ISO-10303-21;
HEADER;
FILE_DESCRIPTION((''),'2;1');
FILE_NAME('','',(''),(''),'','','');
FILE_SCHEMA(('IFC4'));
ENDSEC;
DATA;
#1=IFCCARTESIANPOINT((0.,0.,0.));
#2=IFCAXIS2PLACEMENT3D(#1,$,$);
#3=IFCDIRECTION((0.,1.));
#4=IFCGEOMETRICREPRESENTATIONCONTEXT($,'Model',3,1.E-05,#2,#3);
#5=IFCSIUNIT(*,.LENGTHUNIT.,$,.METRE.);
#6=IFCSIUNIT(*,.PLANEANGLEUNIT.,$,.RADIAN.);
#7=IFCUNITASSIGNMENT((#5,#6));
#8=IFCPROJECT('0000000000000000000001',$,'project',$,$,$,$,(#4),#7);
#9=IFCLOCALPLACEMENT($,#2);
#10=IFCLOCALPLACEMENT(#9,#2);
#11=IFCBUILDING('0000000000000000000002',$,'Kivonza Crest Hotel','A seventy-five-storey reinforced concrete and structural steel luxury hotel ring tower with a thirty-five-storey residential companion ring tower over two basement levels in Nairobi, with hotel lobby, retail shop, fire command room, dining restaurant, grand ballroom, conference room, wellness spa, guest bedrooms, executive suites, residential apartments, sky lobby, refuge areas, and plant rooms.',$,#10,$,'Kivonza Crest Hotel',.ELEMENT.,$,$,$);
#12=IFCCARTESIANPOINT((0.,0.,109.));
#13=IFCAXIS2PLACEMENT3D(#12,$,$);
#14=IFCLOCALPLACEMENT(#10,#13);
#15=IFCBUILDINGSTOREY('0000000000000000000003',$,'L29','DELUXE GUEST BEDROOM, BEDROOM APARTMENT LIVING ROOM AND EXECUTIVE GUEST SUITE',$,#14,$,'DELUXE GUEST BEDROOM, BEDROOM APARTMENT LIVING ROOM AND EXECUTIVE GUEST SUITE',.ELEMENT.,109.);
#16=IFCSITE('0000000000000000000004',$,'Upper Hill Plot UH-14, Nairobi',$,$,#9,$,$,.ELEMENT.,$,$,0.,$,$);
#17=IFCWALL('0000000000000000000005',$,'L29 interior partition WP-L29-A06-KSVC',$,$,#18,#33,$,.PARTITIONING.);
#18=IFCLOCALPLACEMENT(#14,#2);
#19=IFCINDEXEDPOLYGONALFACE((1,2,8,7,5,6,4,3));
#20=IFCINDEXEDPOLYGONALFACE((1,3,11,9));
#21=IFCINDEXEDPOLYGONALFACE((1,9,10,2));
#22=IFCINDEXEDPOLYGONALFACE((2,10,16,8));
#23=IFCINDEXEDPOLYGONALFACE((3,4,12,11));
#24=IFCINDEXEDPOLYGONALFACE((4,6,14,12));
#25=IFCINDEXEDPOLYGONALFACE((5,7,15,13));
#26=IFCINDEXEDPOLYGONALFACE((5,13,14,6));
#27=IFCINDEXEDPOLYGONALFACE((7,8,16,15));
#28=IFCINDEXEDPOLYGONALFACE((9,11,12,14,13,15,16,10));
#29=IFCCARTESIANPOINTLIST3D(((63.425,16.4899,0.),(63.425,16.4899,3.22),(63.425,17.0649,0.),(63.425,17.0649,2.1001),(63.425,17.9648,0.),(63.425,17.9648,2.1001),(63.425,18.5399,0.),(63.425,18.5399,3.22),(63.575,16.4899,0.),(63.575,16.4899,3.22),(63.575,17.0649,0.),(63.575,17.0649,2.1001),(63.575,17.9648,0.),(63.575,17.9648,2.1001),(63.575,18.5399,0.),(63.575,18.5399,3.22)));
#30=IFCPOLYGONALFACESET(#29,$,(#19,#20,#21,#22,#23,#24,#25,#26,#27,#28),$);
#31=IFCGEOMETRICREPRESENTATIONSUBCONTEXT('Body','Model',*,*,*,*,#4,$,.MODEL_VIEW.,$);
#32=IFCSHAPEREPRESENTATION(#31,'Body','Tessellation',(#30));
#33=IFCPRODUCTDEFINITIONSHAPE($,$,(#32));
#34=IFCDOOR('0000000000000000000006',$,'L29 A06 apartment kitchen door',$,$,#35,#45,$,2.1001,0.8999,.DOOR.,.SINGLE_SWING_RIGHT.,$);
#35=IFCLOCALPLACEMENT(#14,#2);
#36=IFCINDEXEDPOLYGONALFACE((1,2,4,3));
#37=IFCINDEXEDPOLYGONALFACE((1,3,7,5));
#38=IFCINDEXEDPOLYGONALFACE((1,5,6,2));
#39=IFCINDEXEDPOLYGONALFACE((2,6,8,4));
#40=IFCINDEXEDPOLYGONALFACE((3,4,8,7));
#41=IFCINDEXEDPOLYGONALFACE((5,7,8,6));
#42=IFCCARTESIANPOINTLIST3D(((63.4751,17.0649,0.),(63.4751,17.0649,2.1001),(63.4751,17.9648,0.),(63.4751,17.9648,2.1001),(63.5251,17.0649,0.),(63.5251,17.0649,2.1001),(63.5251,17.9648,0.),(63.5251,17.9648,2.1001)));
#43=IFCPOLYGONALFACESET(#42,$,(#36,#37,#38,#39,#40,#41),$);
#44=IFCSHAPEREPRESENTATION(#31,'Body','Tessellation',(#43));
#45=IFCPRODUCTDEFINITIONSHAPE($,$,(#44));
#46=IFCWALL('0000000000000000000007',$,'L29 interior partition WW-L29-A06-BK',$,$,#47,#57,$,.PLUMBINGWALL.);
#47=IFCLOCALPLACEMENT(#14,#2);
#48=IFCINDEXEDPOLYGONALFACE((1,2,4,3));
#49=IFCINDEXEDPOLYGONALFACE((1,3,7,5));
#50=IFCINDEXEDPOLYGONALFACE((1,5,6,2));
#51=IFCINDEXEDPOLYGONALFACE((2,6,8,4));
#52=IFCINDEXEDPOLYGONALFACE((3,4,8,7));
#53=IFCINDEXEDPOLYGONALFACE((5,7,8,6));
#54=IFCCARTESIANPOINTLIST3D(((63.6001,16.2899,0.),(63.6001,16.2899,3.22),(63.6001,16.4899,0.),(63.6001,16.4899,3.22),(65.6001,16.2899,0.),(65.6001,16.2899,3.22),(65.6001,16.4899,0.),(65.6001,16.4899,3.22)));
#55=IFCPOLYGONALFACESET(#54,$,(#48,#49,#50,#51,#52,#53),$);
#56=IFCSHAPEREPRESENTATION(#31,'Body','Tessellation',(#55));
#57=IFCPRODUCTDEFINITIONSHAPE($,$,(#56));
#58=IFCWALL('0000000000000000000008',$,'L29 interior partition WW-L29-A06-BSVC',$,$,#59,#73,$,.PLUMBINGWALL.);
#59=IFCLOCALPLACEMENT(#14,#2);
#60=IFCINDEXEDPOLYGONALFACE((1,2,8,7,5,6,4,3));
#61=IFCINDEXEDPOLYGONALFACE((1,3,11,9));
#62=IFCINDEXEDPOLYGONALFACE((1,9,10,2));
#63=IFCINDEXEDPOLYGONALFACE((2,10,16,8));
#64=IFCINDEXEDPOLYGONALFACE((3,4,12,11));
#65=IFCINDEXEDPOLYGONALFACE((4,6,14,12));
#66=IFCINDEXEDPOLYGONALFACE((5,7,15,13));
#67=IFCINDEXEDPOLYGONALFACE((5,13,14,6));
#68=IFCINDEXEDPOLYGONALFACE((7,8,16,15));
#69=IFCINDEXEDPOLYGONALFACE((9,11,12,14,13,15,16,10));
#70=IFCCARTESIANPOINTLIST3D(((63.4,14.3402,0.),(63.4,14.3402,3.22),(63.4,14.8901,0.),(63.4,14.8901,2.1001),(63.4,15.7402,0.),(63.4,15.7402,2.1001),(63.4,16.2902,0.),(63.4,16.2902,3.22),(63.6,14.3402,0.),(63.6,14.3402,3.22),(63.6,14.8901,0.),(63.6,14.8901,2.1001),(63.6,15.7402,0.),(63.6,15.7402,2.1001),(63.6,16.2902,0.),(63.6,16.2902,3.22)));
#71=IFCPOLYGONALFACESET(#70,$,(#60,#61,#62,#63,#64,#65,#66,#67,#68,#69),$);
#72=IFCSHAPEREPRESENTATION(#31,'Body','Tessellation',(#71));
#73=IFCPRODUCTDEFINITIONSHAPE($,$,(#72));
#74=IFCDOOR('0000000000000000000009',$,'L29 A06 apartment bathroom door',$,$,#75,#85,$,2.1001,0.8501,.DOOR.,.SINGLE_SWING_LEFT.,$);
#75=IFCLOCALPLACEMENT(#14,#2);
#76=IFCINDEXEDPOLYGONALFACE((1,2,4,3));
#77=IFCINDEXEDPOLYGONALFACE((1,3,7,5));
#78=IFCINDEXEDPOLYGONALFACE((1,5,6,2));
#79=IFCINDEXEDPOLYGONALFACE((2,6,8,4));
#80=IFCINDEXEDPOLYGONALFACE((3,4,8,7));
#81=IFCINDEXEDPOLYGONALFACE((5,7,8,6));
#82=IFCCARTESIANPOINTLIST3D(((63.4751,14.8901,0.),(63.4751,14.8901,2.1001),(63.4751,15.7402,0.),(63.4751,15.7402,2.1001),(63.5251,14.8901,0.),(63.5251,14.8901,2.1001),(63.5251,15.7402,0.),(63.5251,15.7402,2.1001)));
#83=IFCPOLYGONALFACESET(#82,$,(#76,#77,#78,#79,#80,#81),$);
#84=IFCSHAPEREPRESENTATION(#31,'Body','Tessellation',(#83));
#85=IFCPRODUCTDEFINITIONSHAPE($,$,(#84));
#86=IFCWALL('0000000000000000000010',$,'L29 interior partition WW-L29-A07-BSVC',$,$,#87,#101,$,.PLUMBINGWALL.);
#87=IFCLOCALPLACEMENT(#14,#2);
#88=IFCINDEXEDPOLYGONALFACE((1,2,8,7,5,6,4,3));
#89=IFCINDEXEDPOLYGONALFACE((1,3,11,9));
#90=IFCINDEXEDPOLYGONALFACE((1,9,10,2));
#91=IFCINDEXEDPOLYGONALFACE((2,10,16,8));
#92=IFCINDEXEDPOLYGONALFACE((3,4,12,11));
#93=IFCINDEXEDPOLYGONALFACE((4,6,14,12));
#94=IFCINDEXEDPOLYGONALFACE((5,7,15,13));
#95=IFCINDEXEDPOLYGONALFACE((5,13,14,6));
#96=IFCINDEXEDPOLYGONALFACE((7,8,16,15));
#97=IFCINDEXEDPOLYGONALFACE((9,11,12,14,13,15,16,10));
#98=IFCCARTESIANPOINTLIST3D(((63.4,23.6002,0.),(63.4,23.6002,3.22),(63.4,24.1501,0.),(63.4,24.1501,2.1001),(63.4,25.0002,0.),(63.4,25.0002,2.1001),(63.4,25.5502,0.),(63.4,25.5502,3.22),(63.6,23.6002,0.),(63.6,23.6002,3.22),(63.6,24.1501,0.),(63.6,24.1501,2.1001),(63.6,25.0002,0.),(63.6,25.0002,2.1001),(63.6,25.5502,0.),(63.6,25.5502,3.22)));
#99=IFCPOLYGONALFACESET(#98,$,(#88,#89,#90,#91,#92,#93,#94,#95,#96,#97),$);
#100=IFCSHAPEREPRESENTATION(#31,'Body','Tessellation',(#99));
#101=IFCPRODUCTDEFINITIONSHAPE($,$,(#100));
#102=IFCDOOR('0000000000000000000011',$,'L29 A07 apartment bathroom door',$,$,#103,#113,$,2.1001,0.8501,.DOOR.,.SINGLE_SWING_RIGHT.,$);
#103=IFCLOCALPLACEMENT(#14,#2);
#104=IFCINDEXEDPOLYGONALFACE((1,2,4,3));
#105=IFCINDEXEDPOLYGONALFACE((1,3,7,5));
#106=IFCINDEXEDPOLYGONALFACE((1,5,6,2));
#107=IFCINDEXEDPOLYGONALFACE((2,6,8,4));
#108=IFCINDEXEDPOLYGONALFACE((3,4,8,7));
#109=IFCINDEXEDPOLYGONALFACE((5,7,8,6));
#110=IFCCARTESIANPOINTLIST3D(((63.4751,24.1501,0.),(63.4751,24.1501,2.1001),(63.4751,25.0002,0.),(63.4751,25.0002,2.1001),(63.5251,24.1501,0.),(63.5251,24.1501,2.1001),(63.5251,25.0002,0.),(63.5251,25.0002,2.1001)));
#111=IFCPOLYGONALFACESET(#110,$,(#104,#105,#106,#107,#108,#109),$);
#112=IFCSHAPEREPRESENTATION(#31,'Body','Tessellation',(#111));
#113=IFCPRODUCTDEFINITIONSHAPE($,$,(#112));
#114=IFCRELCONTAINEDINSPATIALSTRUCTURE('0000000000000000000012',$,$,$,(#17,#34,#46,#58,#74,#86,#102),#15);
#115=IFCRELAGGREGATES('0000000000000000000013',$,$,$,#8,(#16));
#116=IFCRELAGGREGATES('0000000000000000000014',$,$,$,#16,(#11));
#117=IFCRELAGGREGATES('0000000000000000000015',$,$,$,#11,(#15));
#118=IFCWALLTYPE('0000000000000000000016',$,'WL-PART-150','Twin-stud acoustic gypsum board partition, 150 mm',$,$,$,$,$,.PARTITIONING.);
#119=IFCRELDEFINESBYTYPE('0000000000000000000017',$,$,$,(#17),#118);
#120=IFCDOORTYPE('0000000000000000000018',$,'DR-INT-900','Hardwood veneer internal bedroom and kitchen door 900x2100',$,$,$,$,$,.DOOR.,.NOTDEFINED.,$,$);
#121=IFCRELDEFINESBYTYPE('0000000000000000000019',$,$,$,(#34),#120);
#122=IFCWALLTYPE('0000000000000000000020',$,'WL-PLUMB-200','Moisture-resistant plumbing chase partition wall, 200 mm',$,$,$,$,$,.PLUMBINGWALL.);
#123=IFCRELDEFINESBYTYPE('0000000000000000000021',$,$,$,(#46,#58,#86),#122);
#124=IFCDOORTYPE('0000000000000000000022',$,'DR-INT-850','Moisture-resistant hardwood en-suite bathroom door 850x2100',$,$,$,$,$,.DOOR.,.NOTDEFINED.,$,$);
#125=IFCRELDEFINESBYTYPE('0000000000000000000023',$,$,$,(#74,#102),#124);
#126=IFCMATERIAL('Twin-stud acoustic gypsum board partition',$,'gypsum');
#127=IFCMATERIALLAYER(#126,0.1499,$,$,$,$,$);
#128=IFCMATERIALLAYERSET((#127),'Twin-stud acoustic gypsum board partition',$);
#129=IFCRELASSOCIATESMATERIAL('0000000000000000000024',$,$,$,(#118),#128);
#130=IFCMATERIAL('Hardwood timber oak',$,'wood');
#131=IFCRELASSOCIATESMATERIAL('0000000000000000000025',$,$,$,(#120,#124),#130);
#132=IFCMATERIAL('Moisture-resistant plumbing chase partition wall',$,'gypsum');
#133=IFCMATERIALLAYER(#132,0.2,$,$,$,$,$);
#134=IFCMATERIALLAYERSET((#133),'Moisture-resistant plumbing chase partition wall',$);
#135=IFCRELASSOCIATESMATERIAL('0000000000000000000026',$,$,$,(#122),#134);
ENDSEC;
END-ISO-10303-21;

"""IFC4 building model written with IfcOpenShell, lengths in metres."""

from ifc_helpers import new_model, si_unit, direction, frame, frame_2d, origin, place, context, subcontext, project, spatial, rectangle, extrude, material, layer, layer_set, type_object, element, fill, save


model = new_model("IFC4")

# Units and contexts
model_context = context("Model", 3, precision=1e-05, world=origin(), true_north=direction((0.0, 1.0)))
body_context = subcontext(model_context, "Body", "Model", "MODEL_VIEW")
ifc_project = project(units=[si_unit("LENGTHUNIT", "METRE"), si_unit("PLANEANGLEUNIT", "RADIAN")], contexts=[model_context])

# Site, building, storey
site_placement = place(None, origin())
site = spatial("IfcSite", under=ifc_project, at=site_placement, Name="Upper Hill Plot UH-14, Nairobi", CompositionType="ELEMENT", RefElevation=0.0)
building_placement = place(site_placement, origin())
building = spatial("IfcBuilding", under=site, at=building_placement, Name="Kivonza Crest Hotel", Description="A seventy-five-storey reinforced concrete and structural steel luxury hotel ring tower with a thirty-five-storey residential companion ring tower over two basement levels in Nairobi, with hotel lobby, retail shop, fire command room, dining restaurant, grand ballroom, conference room, wellness spa, guest bedrooms, executive suites, residential apartments, sky lobby, refuge areas, and plant rooms.", LongName="Kivonza Crest Hotel", CompositionType="ELEMENT")
storey_placement = place(building_placement, frame((0.0, 0.0, 109.0)))
storey = spatial("IfcBuildingStorey", under=building, at=storey_placement, Name="L29", Description="DELUXE GUEST BEDROOM, BEDROOM APARTMENT LIVING ROOM AND EXECUTIVE GUEST SUITE", LongName="DELUXE GUEST BEDROOM, BEDROOM APARTMENT LIVING ROOM AND EXECUTIVE GUEST SUITE", CompositionType="ELEMENT", Elevation=109.0)

# Shared definitions
ifc_material_1 = material(Name="Twin-stud acoustic gypsum board partition", Category="gypsum")
ifc_layer_1 = layer(ifc_material_1, 0.1499)
ifc_layer_set_1 = layer_set([ifc_layer_1], Name="Twin-stud acoustic gypsum board partition")
wall_type_1 = type_object("IfcWallType", Name="WL-PART-150", Description="Twin-stud acoustic gypsum board partition, 150 mm", PredefinedType="PARTITIONING", material=ifc_layer_set_1)
ifc_material_2 = material(Name="Hardwood timber oak", Category="wood")
door_type_1 = type_object("IfcDoorType", Name="DR-INT-900", Description="Hardwood veneer internal bedroom and kitchen door 900x2100", OperationType="NOTDEFINED", PredefinedType="DOOR", material=ifc_material_2)

# Wall, opening, door
wall_1_placement = place(storey_placement, frame((63.5, 16.49, 0.0), z_axis=(0.0, 0.0, 1.0), x_axis=(0.0, 1.0, 0.0)))
wall_1 = element("IfcWall", 1, at=wall_1_placement, inside=storey, type_object=wall_type_1, Name="L29 interior partition WP-L29-A06-KSVC", PredefinedType="PARTITIONING", context=body_context, shape_type="SweptSolid", body=[
    extrude(rectangle(XDim=2.05, YDim=0.1499, at=frame_2d((1.0249, 0.0))), origin(), (0.0, 0.0, 1.0), 3.22),
])
opening_1_placement = place(wall_1_placement, frame((0.575, 0.0, 0.0)))
opening_1 = element("IfcOpeningElement", 2, at=opening_1_placement, cuts=wall_1, PredefinedType="OPENING", context=body_context, shape_type="SweptSolid", body=[
    extrude(rectangle(XDim=0.8999, YDim=2.1001, at=frame_2d((0.45, 1.05))), frame((0.0, 0.085, 0.0), z_axis=(0.0, -1.0, 0.0), x_axis=(1.0, 0.0, 0.0)), (0.0, 0.0, 1.0), 0.1699),
])
door_1_placement = place(opening_1_placement, origin())
door_1 = element("IfcDoor", 3, at=door_1_placement, inside=storey, type_object=door_type_1, Name="L29 A06 apartment kitchen door", OperationType="SINGLE_SWING_RIGHT", OverallHeight=2.1001, OverallWidth=0.8999, PredefinedType="DOOR", context=body_context, shape_type="SweptSolid", body=[
    extrude(rectangle(XDim=0.8999, YDim=2.1001, at=frame_2d((0.45, 1.05))), frame((0.0, 0.0249, 0.0), z_axis=(0.0, -1.0, 0.0), x_axis=(1.0, 0.0, 0.0)), (0.0, 0.0, 1.0), 0.05),
])
fill(opening_1, door_1)

# Wall
ifc_material_3 = material(Name="Moisture-resistant plumbing chase partition wall", Category="gypsum")
ifc_layer_2 = layer(ifc_material_3, 0.2)
ifc_layer_set_2 = layer_set([ifc_layer_2], Name="Moisture-resistant plumbing chase partition wall")
wall_type_2 = type_object("IfcWallType", Name="WL-PLUMB-200", Description="Moisture-resistant plumbing chase partition wall, 200 mm", PredefinedType="PLUMBINGWALL", material=ifc_layer_set_2)
wall_2_placement = place(storey_placement, frame((63.6001, 16.3899, 0.0), z_axis=(0.0, 0.0, 1.0), x_axis=(1.0, 0.0, 0.0)))
element("IfcWall", 4, at=wall_2_placement, inside=storey, type_object=wall_type_2, Name="L29 interior partition WW-L29-A06-BK", PredefinedType="PLUMBINGWALL", context=body_context, shape_type="SweptSolid", body=[
    extrude(rectangle(XDim=2.0, YDim=0.2, at=frame_2d((1.0, 0.0))), origin(), (0.0, 0.0, 1.0), 3.22),
])

# Walls, openings, doors
wall_3_placement = place(storey_placement, frame((63.5, 14.3401, 0.0), z_axis=(0.0, 0.0, 1.0), x_axis=(0.0, 1.0, 0.0)))
wall_3 = element("IfcWall", 5, at=wall_3_placement, inside=storey, type_object=wall_type_2, Name="L29 interior partition WW-L29-A06-BSVC", PredefinedType="PLUMBINGWALL", context=body_context, shape_type="SweptSolid", body=[
    extrude(rectangle(XDim=1.95, YDim=0.2, at=frame_2d((0.9751, 0.0))), origin(), (0.0, 0.0, 1.0), 3.22),
])
opening_2_placement = place(wall_3_placement, frame((0.55, 0.0, 0.0)))
opening_2 = element("IfcOpeningElement", 6, at=opening_2_placement, cuts=wall_3, PredefinedType="OPENING", context=body_context, shape_type="SweptSolid", body=[
    extrude(rectangle(XDim=0.8501, YDim=2.1001, at=frame_2d((0.425, 1.05))), frame((0.0, 0.1099, 0.0), z_axis=(0.0, -1.0, 0.0), x_axis=(1.0, 0.0, 0.0)), (0.0, 0.0, 1.0), 0.22),
])
door_type_2 = type_object("IfcDoorType", Name="DR-INT-850", Description="Moisture-resistant hardwood en-suite bathroom door 850x2100", OperationType="NOTDEFINED", PredefinedType="DOOR", material=ifc_material_2)
door_2_placement = place(opening_2_placement, origin())
door_2 = element("IfcDoor", 7, at=door_2_placement, inside=storey, type_object=door_type_2, Name="L29 A06 apartment bathroom door", OperationType="SINGLE_SWING_LEFT", OverallHeight=2.1001, OverallWidth=0.8501, PredefinedType="DOOR", context=body_context, shape_type="SweptSolid", body=[
    extrude(rectangle(XDim=0.8501, YDim=2.1001, at=frame_2d((0.425, 1.05))), frame((0.0, 0.0249, 0.0), z_axis=(0.0, -1.0, 0.0), x_axis=(1.0, 0.0, 0.0)), (0.0, 0.0, 1.0), 0.05),
])
fill(opening_2, door_2)
wall_4_placement = place(storey_placement, frame((63.5, 23.6001, 0.0), z_axis=(0.0, 0.0, 1.0), x_axis=(0.0, 1.0, 0.0)))
wall_4 = element("IfcWall", 8, at=wall_4_placement, inside=storey, type_object=wall_type_2, Name="L29 interior partition WW-L29-A07-BSVC", PredefinedType="PLUMBINGWALL", context=body_context, shape_type="SweptSolid", body=[
    extrude(rectangle(XDim=1.95, YDim=0.2, at=frame_2d((0.9751, 0.0))), origin(), (0.0, 0.0, 1.0), 3.22),
])
opening_3_placement = place(wall_4_placement, frame((0.55, 0.0, 0.0)))
opening_3 = element("IfcOpeningElement", 9, at=opening_3_placement, cuts=wall_4, PredefinedType="OPENING", context=body_context, shape_type="SweptSolid", body=[
    extrude(rectangle(XDim=0.8501, YDim=2.1001, at=frame_2d((0.425, 1.05))), frame((0.0, 0.1099, 0.0), z_axis=(0.0, -1.0, 0.0), x_axis=(1.0, 0.0, 0.0)), (0.0, 0.0, 1.0), 0.22),
])
door_3_placement = place(opening_3_placement, origin())
door_3 = element("IfcDoor", 10, at=door_3_placement, inside=storey, type_object=door_type_2, Name="L29 A07 apartment bathroom door", OperationType="SINGLE_SWING_RIGHT", OverallHeight=2.1001, OverallWidth=0.8501, PredefinedType="DOOR", context=body_context, shape_type="SweptSolid", body=[
    extrude(rectangle(XDim=0.8501, YDim=2.1001, at=frame_2d((0.425, 1.05))), frame((0.0, 0.0249, 0.0), z_axis=(0.0, -1.0, 0.0), x_axis=(1.0, 0.0, 0.0)), (0.0, 0.0, 1.0), 0.05),
])
fill(opening_3, door_3)

save(model, "model.ifc")
